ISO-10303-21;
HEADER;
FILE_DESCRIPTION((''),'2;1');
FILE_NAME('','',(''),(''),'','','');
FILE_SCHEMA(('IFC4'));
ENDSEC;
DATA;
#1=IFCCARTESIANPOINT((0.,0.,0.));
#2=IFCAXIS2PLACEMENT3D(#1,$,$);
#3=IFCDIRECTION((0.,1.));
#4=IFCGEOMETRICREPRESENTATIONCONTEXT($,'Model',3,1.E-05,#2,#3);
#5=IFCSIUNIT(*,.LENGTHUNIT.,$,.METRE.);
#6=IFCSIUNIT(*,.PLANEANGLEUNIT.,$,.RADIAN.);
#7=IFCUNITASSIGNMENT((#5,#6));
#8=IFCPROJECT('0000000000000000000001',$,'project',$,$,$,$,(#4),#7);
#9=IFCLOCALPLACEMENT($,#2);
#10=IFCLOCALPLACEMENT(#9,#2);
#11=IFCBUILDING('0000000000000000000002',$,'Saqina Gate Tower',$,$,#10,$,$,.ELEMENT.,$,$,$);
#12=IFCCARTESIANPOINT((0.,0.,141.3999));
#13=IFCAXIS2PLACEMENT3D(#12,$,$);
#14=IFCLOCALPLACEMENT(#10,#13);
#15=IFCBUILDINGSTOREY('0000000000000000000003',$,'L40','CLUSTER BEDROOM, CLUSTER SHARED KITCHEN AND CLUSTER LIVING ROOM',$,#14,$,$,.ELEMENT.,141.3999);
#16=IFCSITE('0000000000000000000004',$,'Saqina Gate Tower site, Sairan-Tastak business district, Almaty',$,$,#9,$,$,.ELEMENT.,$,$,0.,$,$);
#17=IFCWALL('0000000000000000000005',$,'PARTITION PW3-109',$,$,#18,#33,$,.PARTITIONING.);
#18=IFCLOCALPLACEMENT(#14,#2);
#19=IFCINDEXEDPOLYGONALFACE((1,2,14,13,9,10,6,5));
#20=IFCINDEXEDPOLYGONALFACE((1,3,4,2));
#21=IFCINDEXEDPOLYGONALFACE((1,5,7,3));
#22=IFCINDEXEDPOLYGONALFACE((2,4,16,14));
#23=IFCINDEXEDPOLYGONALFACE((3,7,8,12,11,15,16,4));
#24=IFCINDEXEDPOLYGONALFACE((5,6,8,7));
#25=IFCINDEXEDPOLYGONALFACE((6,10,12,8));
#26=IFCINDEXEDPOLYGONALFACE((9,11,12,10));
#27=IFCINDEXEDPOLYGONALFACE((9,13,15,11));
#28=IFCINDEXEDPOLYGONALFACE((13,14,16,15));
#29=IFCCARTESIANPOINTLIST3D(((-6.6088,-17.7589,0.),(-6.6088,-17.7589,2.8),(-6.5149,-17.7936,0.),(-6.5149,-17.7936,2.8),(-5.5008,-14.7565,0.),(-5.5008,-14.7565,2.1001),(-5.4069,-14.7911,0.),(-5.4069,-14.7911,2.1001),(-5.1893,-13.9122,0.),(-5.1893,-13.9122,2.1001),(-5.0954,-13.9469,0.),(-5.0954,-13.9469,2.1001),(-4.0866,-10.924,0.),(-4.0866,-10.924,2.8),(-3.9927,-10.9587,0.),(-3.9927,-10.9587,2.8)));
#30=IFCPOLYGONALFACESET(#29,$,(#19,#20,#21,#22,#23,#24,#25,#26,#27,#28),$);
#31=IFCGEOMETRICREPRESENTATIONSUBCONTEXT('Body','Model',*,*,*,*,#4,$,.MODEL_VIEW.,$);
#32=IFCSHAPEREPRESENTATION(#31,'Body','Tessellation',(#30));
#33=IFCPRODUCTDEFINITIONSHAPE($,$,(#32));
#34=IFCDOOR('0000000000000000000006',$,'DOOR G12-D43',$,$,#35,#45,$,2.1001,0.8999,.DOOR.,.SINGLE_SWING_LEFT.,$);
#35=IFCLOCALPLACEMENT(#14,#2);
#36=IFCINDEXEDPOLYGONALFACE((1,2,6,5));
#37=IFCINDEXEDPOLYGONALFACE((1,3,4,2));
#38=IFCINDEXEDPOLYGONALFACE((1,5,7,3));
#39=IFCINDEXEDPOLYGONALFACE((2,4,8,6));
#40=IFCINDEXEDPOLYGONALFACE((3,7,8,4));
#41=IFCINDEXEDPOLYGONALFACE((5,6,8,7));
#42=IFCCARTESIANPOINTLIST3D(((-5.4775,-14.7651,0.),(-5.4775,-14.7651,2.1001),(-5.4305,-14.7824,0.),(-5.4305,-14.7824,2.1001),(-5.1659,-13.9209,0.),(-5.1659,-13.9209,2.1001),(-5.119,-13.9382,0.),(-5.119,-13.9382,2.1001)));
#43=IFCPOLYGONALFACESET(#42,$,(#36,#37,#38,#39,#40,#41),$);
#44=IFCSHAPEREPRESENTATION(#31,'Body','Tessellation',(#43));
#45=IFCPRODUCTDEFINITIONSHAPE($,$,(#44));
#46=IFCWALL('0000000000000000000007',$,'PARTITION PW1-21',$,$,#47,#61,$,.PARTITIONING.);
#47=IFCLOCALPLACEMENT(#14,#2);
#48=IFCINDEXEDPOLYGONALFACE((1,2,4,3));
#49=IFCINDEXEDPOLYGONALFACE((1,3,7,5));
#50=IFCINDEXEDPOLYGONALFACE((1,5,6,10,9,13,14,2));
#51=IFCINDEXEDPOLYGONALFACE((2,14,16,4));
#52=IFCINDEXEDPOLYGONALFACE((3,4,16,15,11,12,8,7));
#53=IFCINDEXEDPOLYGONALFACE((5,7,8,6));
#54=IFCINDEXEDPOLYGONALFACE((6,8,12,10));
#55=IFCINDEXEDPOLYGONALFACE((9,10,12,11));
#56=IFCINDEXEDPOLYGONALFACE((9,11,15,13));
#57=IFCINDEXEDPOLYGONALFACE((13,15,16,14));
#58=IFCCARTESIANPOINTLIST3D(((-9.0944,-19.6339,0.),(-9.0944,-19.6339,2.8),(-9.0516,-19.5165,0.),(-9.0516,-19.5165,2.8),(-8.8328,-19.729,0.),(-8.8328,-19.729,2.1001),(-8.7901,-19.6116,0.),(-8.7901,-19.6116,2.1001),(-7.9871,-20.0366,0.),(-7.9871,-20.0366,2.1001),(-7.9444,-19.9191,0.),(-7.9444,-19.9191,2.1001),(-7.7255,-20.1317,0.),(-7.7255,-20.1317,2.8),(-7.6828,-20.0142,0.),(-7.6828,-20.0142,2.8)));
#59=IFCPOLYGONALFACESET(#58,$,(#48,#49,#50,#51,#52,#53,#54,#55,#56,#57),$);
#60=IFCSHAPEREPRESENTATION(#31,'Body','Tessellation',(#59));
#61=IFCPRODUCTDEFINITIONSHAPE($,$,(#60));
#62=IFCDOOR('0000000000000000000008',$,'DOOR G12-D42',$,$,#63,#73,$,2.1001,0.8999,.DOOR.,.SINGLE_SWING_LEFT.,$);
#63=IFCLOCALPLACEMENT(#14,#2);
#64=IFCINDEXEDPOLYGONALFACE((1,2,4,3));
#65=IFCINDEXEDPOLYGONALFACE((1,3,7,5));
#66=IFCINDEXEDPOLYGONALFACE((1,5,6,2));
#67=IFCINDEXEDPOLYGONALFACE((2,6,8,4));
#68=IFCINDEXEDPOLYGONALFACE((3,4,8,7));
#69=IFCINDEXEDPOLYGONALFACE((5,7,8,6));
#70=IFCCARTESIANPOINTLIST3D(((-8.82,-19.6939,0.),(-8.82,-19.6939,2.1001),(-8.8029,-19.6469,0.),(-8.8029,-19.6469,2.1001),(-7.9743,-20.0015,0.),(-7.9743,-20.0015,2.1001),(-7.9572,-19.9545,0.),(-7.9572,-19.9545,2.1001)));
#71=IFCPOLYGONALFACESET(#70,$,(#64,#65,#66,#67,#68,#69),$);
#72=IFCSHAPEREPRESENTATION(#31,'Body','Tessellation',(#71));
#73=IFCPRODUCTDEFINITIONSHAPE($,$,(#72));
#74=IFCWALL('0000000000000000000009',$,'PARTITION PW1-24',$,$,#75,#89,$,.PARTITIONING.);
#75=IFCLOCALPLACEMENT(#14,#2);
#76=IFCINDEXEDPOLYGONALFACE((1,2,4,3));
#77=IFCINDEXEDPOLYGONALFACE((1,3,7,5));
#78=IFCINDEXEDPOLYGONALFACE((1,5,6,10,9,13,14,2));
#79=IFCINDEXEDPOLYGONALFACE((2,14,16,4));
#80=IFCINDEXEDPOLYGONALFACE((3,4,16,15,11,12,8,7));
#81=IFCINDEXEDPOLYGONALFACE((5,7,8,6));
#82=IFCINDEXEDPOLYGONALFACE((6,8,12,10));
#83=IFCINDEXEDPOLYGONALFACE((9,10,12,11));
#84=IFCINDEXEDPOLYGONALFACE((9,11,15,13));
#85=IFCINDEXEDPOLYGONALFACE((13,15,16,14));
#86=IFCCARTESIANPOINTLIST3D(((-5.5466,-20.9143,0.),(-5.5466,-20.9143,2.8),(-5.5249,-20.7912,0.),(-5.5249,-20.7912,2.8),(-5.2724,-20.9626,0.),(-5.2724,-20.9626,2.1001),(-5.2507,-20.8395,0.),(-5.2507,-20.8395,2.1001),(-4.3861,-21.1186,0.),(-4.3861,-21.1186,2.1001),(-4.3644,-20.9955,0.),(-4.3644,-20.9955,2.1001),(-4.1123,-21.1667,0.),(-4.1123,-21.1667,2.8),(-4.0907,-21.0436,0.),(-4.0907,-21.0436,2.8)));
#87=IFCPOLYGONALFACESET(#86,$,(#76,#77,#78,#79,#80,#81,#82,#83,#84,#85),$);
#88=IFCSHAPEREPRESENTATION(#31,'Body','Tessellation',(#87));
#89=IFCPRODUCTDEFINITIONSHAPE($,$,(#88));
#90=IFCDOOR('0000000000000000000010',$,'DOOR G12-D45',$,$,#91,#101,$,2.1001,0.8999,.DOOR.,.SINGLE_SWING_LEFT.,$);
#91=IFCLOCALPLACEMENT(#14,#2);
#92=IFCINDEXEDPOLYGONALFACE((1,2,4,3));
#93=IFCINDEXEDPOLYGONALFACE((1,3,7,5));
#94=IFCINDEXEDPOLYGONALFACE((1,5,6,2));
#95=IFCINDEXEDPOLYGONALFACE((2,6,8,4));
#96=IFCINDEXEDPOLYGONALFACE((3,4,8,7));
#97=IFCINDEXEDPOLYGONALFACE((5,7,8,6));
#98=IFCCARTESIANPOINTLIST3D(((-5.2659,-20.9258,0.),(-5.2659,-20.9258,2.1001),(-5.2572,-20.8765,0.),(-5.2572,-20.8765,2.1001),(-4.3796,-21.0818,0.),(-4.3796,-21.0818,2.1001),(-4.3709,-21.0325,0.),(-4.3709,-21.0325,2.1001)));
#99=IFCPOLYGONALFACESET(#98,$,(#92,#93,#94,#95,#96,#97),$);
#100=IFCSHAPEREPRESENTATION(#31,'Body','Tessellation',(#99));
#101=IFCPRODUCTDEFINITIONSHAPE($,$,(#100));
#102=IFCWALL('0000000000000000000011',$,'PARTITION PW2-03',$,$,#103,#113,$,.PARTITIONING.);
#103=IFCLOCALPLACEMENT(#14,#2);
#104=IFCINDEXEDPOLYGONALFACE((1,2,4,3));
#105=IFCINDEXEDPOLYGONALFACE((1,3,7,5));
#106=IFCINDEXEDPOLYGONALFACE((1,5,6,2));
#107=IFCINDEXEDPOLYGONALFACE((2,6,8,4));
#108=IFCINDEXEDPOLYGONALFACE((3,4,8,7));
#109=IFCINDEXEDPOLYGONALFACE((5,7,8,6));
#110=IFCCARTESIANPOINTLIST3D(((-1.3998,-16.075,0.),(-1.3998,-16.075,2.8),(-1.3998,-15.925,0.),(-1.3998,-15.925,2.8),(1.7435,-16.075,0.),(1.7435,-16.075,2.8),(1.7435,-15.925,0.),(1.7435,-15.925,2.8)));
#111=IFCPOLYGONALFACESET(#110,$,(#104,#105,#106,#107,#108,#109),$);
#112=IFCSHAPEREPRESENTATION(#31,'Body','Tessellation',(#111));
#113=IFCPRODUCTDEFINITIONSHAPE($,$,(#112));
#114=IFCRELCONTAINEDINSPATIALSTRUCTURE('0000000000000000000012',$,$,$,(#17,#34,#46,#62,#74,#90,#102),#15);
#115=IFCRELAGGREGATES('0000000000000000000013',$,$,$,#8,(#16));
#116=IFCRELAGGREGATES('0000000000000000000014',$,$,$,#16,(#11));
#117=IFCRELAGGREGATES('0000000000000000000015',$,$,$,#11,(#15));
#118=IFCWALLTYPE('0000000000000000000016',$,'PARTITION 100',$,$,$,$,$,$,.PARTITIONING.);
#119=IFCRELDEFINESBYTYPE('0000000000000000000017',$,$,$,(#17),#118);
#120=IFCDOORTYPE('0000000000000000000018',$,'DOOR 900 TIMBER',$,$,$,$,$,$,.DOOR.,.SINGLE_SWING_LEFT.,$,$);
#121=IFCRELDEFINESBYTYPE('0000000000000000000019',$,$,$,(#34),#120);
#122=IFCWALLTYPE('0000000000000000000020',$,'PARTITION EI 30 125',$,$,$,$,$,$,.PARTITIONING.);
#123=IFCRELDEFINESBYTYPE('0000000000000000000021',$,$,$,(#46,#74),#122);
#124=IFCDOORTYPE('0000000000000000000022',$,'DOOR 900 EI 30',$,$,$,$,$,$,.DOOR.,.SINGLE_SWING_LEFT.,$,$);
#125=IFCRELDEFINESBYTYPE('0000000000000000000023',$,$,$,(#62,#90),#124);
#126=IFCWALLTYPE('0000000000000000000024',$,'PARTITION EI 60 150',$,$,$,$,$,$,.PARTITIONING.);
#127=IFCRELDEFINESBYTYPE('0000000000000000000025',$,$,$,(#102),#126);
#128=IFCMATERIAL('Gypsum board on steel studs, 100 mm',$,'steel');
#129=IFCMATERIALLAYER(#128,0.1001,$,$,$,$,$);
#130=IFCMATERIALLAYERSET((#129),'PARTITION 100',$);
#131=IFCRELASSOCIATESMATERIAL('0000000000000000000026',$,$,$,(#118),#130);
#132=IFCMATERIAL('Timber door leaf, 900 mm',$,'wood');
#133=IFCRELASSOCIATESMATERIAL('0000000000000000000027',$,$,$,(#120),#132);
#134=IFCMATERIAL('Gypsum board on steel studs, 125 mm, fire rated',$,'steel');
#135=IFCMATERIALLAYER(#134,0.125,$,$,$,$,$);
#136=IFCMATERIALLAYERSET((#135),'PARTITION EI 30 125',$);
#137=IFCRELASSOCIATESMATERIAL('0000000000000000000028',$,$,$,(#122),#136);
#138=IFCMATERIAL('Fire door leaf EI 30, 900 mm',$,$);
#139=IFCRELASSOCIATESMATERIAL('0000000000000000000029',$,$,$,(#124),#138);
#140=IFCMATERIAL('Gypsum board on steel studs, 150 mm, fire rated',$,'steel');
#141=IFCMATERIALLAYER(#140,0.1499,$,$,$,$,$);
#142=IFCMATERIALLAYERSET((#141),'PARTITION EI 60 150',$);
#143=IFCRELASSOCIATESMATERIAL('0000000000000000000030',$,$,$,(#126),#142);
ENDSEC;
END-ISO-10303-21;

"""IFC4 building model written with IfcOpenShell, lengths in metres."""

from ifc_helpers import new_model, si_unit, direction, frame, frame_2d, origin, place, context, subcontext, project, spatial, rectangle, extrude, material, layer, layer_set, type_object, element, fill, save


model = new_model("IFC4")

# Units and contexts
model_context = context("Model", 3, precision=1e-05, world=origin(), true_north=direction((0.0, 1.0)))
body_context = subcontext(model_context, "Body", "Model", "MODEL_VIEW")
ifc_project = project(units=[si_unit("LENGTHUNIT", "METRE"), si_unit("PLANEANGLEUNIT", "RADIAN")], contexts=[model_context])

# Site, building, storey
site_placement = place(None, origin())
site = spatial("IfcSite", under=ifc_project, at=site_placement, Name="Saqina Gate Tower site, Sairan-Tastak business district, Almaty", CompositionType="ELEMENT", RefElevation=0.0)
building_placement = place(site_placement, origin())
building = spatial("IfcBuilding", under=site, at=building_placement, Name="Saqina Gate Tower", CompositionType="ELEMENT")
storey_placement = place(building_placement, frame((0.0, 0.0, 141.3999)))
storey = spatial("IfcBuildingStorey", under=building, at=storey_placement, Name="L40", Description="CLUSTER BEDROOM, CLUSTER SHARED KITCHEN AND CLUSTER LIVING ROOM", CompositionType="ELEMENT", Elevation=141.3999)

# Shared definitions
ifc_material_1 = material(Name="Gypsum board on steel studs, 100 mm", Category="steel")
ifc_layer_1 = layer(ifc_material_1, 0.1001)
ifc_layer_set_1 = layer_set([ifc_layer_1], Name="PARTITION 100")
wall_type_1 = type_object("IfcWallType", Name="PARTITION 100", PredefinedType="PARTITIONING", material=ifc_layer_set_1)

# Shared definitions
ifc_material_2 = material(Name="Timber door leaf, 900 mm", Category="wood")
door_type_1 = type_object("IfcDoorType", Name="DOOR 900 TIMBER", OperationType="SINGLE_SWING_LEFT", PredefinedType="DOOR", material=ifc_material_2)

# Walls, openings, doors
wall_1_placement = place(storey_placement, frame((-6.5618, -17.7761, 0.0), z_axis=(0.0, 0.0, 1.0), x_axis=(0.346198, 0.938162, 0.0)))
wall_1 = element("IfcWall", 1, at=wall_1_placement, inside=storey, type_object=wall_type_1, Name="PARTITION PW3-109", PredefinedType="PARTITIONING", context=body_context, shape_type="SweptSolid", body=[
    extrude(rectangle(XDim=7.2854, YDim=0.1001, at=frame_2d((3.6426, 0.0))), origin(), (0.0, 0.0, 1.0), 2.8),
])
opening_1_placement = place(wall_1_placement, frame((3.2002, 0.0, 0.0)))
opening_1 = element("IfcOpeningElement", 2, at=opening_1_placement, cuts=wall_1, PredefinedType="OPENING", context=body_context, shape_type="SweptSolid", body=[
    extrude(rectangle(XDim=0.8999, YDim=2.1001, at=frame_2d((0.45, 1.05))), frame((0.0, 0.062, 0.0), z_axis=(0.0, -1.0, 0.0), x_axis=(1.0, 0.0, 0.0)), (0.0, 0.0, 1.0), 0.124),
])
door_1_placement = place(opening_1_placement, frame((0.8999, 0.0, 0.0), z_axis=(0.0, 0.0, 1.0), x_axis=(-1.0, 0.0, 0.0)))
door_1 = element("IfcDoor", 3, at=door_1_placement, inside=storey, type_object=door_type_1, Name="DOOR G12-D43", OperationType="SINGLE_SWING_LEFT", OverallHeight=2.1001, OverallWidth=0.8999, PredefinedType="DOOR", context=body_context, shape_type="SweptSolid", body=[
    extrude(rectangle(XDim=0.8999, YDim=2.1001, at=frame_2d((0.45, 1.05))), frame((0.0, 0.0249, 0.0), z_axis=(0.0, -1.0, 0.0), x_axis=(1.0, 0.0, 0.0)), (0.0, 0.0, 1.0), 0.05),
])
fill(opening_1, door_1)
ifc_material_3 = material(Name="Gypsum board on steel studs, 125 mm, fire rated", Category="steel")
ifc_layer_2 = layer(ifc_material_3, 0.125)
ifc_layer_set_2 = layer_set([ifc_layer_2], Name="PARTITION EI 30 125")
wall_type_2 = type_object("IfcWallType", Name="PARTITION EI 30 125", PredefinedType="PARTITIONING", material=ifc_layer_set_2)
wall_2_placement = place(storey_placement, frame((-9.073, -19.5752, 0.0), z_axis=(0.0, 0.0, 1.0), x_axis=(0.939789, -0.341757, 0.0)))
wall_2 = element("IfcWall", 4, at=wall_2_placement, inside=storey, type_object=wall_type_2, Name="PARTITION PW1-21", PredefinedType="PARTITIONING", context=body_context, shape_type="SweptSolid", body=[
    extrude(rectangle(XDim=1.4565, YDim=0.125, at=frame_2d((0.7283, 0.0))), origin(), (0.0, 0.0, 1.0), 2.8),
])
opening_2_placement = place(wall_2_placement, frame((0.2783, 0.0, 0.0)))
opening_2 = element("IfcOpeningElement", 5, at=opening_2_placement, cuts=wall_2, PredefinedType="OPENING", context=body_context, shape_type="SweptSolid", body=[
    extrude(rectangle(XDim=0.8999, YDim=2.1001, at=frame_2d((0.45, 1.05))), frame((0.0, 0.0745, 0.0), z_axis=(0.0, -1.0, 0.0), x_axis=(1.0, 0.0, 0.0)), (0.0, 0.0, 1.0), 0.1489),
])
ifc_material_4 = material(Name="Fire door leaf EI 30, 900 mm")
door_type_2 = type_object("IfcDoorType", Name="DOOR 900 EI 30", OperationType="SINGLE_SWING_LEFT", PredefinedType="DOOR", material=ifc_material_4)
door_2_placement = place(opening_2_placement, origin())
door_2 = element("IfcDoor", 6, at=door_2_placement, inside=storey, type_object=door_type_2, Name="DOOR G12-D42", OperationType="SINGLE_SWING_LEFT", OverallHeight=2.1001, OverallWidth=0.8999, PredefinedType="DOOR", context=body_context, shape_type="SweptSolid", body=[
    extrude(rectangle(XDim=0.8999, YDim=2.1001, at=frame_2d((0.45, 1.05))), frame((0.0, 0.0249, 0.0), z_axis=(0.0, -1.0, 0.0), x_axis=(1.0, 0.0, 0.0)), (0.0, 0.0, 1.0), 0.05),
])
fill(opening_2, door_2)
wall_3_placement = place(storey_placement, frame((-5.5356, -20.8528, 0.0), z_axis=(0.0, 0.0, 1.0), x_axis=(0.984863, -0.173336, 0.0)))
wall_3 = element("IfcWall", 7, at=wall_3_placement, inside=storey, type_object=wall_type_2, Name="PARTITION PW1-24", PredefinedType="PARTITIONING", context=body_context, shape_type="SweptSolid", body=[
    extrude(rectangle(XDim=1.4563, YDim=0.125, at=frame_2d((0.728, 0.0))), origin(), (0.0, 0.0, 1.0), 2.8),
])
opening_3_placement = place(wall_3_placement, frame((0.2783, 0.0, 0.0)))
opening_3 = element("IfcOpeningElement", 8, at=opening_3_placement, cuts=wall_3, PredefinedType="OPENING", context=body_context, shape_type="SweptSolid", body=[
    extrude(rectangle(XDim=0.8999, YDim=2.1001, at=frame_2d((0.45, 1.05))), frame((0.0, 0.0745, 0.0), z_axis=(0.0, -1.0, 0.0), x_axis=(1.0, 0.0, 0.0)), (0.0, 0.0, 1.0), 0.1489),
])
door_3_placement = place(opening_3_placement, origin())
door_3 = element("IfcDoor", 9, at=door_3_placement, inside=storey, type_object=door_type_2, Name="DOOR G12-D45", OperationType="SINGLE_SWING_LEFT", OverallHeight=2.1001, OverallWidth=0.8999, PredefinedType="DOOR", context=body_context, shape_type="SweptSolid", body=[
    extrude(rectangle(XDim=0.8999, YDim=2.1001, at=frame_2d((0.45, 1.05))), frame((0.0, 0.0249, 0.0), z_axis=(0.0, -1.0, 0.0), x_axis=(1.0, 0.0, 0.0)), (0.0, 0.0, 1.0), 0.05),
])
fill(opening_3, door_3)

# Wall
ifc_material_5 = material(Name="Gypsum board on steel studs, 150 mm, fire rated", Category="steel")
ifc_layer_3 = layer(ifc_material_5, 0.1499)
ifc_layer_set_3 = layer_set([ifc_layer_3], Name="PARTITION EI 60 150")
wall_type_3 = type_object("IfcWallType", Name="PARTITION EI 60 150", PredefinedType="PARTITIONING", material=ifc_layer_set_3)
wall_4_placement = place(storey_placement, frame((-1.3999, -16.0, 0.0), z_axis=(0.0, 0.0, 1.0), x_axis=(1.0, 0.0, 0.0)))
element("IfcWall", 10, at=wall_4_placement, inside=storey, type_object=wall_type_3, Name="PARTITION PW2-03", PredefinedType="PARTITIONING", context=body_context, shape_type="SweptSolid", body=[
    extrude(rectangle(XDim=3.1433, YDim=0.1499, at=frame_2d((1.5718, 0.0))), origin(), (0.0, 0.0, 1.0), 2.8),
])

save(model, "model.ifc")
